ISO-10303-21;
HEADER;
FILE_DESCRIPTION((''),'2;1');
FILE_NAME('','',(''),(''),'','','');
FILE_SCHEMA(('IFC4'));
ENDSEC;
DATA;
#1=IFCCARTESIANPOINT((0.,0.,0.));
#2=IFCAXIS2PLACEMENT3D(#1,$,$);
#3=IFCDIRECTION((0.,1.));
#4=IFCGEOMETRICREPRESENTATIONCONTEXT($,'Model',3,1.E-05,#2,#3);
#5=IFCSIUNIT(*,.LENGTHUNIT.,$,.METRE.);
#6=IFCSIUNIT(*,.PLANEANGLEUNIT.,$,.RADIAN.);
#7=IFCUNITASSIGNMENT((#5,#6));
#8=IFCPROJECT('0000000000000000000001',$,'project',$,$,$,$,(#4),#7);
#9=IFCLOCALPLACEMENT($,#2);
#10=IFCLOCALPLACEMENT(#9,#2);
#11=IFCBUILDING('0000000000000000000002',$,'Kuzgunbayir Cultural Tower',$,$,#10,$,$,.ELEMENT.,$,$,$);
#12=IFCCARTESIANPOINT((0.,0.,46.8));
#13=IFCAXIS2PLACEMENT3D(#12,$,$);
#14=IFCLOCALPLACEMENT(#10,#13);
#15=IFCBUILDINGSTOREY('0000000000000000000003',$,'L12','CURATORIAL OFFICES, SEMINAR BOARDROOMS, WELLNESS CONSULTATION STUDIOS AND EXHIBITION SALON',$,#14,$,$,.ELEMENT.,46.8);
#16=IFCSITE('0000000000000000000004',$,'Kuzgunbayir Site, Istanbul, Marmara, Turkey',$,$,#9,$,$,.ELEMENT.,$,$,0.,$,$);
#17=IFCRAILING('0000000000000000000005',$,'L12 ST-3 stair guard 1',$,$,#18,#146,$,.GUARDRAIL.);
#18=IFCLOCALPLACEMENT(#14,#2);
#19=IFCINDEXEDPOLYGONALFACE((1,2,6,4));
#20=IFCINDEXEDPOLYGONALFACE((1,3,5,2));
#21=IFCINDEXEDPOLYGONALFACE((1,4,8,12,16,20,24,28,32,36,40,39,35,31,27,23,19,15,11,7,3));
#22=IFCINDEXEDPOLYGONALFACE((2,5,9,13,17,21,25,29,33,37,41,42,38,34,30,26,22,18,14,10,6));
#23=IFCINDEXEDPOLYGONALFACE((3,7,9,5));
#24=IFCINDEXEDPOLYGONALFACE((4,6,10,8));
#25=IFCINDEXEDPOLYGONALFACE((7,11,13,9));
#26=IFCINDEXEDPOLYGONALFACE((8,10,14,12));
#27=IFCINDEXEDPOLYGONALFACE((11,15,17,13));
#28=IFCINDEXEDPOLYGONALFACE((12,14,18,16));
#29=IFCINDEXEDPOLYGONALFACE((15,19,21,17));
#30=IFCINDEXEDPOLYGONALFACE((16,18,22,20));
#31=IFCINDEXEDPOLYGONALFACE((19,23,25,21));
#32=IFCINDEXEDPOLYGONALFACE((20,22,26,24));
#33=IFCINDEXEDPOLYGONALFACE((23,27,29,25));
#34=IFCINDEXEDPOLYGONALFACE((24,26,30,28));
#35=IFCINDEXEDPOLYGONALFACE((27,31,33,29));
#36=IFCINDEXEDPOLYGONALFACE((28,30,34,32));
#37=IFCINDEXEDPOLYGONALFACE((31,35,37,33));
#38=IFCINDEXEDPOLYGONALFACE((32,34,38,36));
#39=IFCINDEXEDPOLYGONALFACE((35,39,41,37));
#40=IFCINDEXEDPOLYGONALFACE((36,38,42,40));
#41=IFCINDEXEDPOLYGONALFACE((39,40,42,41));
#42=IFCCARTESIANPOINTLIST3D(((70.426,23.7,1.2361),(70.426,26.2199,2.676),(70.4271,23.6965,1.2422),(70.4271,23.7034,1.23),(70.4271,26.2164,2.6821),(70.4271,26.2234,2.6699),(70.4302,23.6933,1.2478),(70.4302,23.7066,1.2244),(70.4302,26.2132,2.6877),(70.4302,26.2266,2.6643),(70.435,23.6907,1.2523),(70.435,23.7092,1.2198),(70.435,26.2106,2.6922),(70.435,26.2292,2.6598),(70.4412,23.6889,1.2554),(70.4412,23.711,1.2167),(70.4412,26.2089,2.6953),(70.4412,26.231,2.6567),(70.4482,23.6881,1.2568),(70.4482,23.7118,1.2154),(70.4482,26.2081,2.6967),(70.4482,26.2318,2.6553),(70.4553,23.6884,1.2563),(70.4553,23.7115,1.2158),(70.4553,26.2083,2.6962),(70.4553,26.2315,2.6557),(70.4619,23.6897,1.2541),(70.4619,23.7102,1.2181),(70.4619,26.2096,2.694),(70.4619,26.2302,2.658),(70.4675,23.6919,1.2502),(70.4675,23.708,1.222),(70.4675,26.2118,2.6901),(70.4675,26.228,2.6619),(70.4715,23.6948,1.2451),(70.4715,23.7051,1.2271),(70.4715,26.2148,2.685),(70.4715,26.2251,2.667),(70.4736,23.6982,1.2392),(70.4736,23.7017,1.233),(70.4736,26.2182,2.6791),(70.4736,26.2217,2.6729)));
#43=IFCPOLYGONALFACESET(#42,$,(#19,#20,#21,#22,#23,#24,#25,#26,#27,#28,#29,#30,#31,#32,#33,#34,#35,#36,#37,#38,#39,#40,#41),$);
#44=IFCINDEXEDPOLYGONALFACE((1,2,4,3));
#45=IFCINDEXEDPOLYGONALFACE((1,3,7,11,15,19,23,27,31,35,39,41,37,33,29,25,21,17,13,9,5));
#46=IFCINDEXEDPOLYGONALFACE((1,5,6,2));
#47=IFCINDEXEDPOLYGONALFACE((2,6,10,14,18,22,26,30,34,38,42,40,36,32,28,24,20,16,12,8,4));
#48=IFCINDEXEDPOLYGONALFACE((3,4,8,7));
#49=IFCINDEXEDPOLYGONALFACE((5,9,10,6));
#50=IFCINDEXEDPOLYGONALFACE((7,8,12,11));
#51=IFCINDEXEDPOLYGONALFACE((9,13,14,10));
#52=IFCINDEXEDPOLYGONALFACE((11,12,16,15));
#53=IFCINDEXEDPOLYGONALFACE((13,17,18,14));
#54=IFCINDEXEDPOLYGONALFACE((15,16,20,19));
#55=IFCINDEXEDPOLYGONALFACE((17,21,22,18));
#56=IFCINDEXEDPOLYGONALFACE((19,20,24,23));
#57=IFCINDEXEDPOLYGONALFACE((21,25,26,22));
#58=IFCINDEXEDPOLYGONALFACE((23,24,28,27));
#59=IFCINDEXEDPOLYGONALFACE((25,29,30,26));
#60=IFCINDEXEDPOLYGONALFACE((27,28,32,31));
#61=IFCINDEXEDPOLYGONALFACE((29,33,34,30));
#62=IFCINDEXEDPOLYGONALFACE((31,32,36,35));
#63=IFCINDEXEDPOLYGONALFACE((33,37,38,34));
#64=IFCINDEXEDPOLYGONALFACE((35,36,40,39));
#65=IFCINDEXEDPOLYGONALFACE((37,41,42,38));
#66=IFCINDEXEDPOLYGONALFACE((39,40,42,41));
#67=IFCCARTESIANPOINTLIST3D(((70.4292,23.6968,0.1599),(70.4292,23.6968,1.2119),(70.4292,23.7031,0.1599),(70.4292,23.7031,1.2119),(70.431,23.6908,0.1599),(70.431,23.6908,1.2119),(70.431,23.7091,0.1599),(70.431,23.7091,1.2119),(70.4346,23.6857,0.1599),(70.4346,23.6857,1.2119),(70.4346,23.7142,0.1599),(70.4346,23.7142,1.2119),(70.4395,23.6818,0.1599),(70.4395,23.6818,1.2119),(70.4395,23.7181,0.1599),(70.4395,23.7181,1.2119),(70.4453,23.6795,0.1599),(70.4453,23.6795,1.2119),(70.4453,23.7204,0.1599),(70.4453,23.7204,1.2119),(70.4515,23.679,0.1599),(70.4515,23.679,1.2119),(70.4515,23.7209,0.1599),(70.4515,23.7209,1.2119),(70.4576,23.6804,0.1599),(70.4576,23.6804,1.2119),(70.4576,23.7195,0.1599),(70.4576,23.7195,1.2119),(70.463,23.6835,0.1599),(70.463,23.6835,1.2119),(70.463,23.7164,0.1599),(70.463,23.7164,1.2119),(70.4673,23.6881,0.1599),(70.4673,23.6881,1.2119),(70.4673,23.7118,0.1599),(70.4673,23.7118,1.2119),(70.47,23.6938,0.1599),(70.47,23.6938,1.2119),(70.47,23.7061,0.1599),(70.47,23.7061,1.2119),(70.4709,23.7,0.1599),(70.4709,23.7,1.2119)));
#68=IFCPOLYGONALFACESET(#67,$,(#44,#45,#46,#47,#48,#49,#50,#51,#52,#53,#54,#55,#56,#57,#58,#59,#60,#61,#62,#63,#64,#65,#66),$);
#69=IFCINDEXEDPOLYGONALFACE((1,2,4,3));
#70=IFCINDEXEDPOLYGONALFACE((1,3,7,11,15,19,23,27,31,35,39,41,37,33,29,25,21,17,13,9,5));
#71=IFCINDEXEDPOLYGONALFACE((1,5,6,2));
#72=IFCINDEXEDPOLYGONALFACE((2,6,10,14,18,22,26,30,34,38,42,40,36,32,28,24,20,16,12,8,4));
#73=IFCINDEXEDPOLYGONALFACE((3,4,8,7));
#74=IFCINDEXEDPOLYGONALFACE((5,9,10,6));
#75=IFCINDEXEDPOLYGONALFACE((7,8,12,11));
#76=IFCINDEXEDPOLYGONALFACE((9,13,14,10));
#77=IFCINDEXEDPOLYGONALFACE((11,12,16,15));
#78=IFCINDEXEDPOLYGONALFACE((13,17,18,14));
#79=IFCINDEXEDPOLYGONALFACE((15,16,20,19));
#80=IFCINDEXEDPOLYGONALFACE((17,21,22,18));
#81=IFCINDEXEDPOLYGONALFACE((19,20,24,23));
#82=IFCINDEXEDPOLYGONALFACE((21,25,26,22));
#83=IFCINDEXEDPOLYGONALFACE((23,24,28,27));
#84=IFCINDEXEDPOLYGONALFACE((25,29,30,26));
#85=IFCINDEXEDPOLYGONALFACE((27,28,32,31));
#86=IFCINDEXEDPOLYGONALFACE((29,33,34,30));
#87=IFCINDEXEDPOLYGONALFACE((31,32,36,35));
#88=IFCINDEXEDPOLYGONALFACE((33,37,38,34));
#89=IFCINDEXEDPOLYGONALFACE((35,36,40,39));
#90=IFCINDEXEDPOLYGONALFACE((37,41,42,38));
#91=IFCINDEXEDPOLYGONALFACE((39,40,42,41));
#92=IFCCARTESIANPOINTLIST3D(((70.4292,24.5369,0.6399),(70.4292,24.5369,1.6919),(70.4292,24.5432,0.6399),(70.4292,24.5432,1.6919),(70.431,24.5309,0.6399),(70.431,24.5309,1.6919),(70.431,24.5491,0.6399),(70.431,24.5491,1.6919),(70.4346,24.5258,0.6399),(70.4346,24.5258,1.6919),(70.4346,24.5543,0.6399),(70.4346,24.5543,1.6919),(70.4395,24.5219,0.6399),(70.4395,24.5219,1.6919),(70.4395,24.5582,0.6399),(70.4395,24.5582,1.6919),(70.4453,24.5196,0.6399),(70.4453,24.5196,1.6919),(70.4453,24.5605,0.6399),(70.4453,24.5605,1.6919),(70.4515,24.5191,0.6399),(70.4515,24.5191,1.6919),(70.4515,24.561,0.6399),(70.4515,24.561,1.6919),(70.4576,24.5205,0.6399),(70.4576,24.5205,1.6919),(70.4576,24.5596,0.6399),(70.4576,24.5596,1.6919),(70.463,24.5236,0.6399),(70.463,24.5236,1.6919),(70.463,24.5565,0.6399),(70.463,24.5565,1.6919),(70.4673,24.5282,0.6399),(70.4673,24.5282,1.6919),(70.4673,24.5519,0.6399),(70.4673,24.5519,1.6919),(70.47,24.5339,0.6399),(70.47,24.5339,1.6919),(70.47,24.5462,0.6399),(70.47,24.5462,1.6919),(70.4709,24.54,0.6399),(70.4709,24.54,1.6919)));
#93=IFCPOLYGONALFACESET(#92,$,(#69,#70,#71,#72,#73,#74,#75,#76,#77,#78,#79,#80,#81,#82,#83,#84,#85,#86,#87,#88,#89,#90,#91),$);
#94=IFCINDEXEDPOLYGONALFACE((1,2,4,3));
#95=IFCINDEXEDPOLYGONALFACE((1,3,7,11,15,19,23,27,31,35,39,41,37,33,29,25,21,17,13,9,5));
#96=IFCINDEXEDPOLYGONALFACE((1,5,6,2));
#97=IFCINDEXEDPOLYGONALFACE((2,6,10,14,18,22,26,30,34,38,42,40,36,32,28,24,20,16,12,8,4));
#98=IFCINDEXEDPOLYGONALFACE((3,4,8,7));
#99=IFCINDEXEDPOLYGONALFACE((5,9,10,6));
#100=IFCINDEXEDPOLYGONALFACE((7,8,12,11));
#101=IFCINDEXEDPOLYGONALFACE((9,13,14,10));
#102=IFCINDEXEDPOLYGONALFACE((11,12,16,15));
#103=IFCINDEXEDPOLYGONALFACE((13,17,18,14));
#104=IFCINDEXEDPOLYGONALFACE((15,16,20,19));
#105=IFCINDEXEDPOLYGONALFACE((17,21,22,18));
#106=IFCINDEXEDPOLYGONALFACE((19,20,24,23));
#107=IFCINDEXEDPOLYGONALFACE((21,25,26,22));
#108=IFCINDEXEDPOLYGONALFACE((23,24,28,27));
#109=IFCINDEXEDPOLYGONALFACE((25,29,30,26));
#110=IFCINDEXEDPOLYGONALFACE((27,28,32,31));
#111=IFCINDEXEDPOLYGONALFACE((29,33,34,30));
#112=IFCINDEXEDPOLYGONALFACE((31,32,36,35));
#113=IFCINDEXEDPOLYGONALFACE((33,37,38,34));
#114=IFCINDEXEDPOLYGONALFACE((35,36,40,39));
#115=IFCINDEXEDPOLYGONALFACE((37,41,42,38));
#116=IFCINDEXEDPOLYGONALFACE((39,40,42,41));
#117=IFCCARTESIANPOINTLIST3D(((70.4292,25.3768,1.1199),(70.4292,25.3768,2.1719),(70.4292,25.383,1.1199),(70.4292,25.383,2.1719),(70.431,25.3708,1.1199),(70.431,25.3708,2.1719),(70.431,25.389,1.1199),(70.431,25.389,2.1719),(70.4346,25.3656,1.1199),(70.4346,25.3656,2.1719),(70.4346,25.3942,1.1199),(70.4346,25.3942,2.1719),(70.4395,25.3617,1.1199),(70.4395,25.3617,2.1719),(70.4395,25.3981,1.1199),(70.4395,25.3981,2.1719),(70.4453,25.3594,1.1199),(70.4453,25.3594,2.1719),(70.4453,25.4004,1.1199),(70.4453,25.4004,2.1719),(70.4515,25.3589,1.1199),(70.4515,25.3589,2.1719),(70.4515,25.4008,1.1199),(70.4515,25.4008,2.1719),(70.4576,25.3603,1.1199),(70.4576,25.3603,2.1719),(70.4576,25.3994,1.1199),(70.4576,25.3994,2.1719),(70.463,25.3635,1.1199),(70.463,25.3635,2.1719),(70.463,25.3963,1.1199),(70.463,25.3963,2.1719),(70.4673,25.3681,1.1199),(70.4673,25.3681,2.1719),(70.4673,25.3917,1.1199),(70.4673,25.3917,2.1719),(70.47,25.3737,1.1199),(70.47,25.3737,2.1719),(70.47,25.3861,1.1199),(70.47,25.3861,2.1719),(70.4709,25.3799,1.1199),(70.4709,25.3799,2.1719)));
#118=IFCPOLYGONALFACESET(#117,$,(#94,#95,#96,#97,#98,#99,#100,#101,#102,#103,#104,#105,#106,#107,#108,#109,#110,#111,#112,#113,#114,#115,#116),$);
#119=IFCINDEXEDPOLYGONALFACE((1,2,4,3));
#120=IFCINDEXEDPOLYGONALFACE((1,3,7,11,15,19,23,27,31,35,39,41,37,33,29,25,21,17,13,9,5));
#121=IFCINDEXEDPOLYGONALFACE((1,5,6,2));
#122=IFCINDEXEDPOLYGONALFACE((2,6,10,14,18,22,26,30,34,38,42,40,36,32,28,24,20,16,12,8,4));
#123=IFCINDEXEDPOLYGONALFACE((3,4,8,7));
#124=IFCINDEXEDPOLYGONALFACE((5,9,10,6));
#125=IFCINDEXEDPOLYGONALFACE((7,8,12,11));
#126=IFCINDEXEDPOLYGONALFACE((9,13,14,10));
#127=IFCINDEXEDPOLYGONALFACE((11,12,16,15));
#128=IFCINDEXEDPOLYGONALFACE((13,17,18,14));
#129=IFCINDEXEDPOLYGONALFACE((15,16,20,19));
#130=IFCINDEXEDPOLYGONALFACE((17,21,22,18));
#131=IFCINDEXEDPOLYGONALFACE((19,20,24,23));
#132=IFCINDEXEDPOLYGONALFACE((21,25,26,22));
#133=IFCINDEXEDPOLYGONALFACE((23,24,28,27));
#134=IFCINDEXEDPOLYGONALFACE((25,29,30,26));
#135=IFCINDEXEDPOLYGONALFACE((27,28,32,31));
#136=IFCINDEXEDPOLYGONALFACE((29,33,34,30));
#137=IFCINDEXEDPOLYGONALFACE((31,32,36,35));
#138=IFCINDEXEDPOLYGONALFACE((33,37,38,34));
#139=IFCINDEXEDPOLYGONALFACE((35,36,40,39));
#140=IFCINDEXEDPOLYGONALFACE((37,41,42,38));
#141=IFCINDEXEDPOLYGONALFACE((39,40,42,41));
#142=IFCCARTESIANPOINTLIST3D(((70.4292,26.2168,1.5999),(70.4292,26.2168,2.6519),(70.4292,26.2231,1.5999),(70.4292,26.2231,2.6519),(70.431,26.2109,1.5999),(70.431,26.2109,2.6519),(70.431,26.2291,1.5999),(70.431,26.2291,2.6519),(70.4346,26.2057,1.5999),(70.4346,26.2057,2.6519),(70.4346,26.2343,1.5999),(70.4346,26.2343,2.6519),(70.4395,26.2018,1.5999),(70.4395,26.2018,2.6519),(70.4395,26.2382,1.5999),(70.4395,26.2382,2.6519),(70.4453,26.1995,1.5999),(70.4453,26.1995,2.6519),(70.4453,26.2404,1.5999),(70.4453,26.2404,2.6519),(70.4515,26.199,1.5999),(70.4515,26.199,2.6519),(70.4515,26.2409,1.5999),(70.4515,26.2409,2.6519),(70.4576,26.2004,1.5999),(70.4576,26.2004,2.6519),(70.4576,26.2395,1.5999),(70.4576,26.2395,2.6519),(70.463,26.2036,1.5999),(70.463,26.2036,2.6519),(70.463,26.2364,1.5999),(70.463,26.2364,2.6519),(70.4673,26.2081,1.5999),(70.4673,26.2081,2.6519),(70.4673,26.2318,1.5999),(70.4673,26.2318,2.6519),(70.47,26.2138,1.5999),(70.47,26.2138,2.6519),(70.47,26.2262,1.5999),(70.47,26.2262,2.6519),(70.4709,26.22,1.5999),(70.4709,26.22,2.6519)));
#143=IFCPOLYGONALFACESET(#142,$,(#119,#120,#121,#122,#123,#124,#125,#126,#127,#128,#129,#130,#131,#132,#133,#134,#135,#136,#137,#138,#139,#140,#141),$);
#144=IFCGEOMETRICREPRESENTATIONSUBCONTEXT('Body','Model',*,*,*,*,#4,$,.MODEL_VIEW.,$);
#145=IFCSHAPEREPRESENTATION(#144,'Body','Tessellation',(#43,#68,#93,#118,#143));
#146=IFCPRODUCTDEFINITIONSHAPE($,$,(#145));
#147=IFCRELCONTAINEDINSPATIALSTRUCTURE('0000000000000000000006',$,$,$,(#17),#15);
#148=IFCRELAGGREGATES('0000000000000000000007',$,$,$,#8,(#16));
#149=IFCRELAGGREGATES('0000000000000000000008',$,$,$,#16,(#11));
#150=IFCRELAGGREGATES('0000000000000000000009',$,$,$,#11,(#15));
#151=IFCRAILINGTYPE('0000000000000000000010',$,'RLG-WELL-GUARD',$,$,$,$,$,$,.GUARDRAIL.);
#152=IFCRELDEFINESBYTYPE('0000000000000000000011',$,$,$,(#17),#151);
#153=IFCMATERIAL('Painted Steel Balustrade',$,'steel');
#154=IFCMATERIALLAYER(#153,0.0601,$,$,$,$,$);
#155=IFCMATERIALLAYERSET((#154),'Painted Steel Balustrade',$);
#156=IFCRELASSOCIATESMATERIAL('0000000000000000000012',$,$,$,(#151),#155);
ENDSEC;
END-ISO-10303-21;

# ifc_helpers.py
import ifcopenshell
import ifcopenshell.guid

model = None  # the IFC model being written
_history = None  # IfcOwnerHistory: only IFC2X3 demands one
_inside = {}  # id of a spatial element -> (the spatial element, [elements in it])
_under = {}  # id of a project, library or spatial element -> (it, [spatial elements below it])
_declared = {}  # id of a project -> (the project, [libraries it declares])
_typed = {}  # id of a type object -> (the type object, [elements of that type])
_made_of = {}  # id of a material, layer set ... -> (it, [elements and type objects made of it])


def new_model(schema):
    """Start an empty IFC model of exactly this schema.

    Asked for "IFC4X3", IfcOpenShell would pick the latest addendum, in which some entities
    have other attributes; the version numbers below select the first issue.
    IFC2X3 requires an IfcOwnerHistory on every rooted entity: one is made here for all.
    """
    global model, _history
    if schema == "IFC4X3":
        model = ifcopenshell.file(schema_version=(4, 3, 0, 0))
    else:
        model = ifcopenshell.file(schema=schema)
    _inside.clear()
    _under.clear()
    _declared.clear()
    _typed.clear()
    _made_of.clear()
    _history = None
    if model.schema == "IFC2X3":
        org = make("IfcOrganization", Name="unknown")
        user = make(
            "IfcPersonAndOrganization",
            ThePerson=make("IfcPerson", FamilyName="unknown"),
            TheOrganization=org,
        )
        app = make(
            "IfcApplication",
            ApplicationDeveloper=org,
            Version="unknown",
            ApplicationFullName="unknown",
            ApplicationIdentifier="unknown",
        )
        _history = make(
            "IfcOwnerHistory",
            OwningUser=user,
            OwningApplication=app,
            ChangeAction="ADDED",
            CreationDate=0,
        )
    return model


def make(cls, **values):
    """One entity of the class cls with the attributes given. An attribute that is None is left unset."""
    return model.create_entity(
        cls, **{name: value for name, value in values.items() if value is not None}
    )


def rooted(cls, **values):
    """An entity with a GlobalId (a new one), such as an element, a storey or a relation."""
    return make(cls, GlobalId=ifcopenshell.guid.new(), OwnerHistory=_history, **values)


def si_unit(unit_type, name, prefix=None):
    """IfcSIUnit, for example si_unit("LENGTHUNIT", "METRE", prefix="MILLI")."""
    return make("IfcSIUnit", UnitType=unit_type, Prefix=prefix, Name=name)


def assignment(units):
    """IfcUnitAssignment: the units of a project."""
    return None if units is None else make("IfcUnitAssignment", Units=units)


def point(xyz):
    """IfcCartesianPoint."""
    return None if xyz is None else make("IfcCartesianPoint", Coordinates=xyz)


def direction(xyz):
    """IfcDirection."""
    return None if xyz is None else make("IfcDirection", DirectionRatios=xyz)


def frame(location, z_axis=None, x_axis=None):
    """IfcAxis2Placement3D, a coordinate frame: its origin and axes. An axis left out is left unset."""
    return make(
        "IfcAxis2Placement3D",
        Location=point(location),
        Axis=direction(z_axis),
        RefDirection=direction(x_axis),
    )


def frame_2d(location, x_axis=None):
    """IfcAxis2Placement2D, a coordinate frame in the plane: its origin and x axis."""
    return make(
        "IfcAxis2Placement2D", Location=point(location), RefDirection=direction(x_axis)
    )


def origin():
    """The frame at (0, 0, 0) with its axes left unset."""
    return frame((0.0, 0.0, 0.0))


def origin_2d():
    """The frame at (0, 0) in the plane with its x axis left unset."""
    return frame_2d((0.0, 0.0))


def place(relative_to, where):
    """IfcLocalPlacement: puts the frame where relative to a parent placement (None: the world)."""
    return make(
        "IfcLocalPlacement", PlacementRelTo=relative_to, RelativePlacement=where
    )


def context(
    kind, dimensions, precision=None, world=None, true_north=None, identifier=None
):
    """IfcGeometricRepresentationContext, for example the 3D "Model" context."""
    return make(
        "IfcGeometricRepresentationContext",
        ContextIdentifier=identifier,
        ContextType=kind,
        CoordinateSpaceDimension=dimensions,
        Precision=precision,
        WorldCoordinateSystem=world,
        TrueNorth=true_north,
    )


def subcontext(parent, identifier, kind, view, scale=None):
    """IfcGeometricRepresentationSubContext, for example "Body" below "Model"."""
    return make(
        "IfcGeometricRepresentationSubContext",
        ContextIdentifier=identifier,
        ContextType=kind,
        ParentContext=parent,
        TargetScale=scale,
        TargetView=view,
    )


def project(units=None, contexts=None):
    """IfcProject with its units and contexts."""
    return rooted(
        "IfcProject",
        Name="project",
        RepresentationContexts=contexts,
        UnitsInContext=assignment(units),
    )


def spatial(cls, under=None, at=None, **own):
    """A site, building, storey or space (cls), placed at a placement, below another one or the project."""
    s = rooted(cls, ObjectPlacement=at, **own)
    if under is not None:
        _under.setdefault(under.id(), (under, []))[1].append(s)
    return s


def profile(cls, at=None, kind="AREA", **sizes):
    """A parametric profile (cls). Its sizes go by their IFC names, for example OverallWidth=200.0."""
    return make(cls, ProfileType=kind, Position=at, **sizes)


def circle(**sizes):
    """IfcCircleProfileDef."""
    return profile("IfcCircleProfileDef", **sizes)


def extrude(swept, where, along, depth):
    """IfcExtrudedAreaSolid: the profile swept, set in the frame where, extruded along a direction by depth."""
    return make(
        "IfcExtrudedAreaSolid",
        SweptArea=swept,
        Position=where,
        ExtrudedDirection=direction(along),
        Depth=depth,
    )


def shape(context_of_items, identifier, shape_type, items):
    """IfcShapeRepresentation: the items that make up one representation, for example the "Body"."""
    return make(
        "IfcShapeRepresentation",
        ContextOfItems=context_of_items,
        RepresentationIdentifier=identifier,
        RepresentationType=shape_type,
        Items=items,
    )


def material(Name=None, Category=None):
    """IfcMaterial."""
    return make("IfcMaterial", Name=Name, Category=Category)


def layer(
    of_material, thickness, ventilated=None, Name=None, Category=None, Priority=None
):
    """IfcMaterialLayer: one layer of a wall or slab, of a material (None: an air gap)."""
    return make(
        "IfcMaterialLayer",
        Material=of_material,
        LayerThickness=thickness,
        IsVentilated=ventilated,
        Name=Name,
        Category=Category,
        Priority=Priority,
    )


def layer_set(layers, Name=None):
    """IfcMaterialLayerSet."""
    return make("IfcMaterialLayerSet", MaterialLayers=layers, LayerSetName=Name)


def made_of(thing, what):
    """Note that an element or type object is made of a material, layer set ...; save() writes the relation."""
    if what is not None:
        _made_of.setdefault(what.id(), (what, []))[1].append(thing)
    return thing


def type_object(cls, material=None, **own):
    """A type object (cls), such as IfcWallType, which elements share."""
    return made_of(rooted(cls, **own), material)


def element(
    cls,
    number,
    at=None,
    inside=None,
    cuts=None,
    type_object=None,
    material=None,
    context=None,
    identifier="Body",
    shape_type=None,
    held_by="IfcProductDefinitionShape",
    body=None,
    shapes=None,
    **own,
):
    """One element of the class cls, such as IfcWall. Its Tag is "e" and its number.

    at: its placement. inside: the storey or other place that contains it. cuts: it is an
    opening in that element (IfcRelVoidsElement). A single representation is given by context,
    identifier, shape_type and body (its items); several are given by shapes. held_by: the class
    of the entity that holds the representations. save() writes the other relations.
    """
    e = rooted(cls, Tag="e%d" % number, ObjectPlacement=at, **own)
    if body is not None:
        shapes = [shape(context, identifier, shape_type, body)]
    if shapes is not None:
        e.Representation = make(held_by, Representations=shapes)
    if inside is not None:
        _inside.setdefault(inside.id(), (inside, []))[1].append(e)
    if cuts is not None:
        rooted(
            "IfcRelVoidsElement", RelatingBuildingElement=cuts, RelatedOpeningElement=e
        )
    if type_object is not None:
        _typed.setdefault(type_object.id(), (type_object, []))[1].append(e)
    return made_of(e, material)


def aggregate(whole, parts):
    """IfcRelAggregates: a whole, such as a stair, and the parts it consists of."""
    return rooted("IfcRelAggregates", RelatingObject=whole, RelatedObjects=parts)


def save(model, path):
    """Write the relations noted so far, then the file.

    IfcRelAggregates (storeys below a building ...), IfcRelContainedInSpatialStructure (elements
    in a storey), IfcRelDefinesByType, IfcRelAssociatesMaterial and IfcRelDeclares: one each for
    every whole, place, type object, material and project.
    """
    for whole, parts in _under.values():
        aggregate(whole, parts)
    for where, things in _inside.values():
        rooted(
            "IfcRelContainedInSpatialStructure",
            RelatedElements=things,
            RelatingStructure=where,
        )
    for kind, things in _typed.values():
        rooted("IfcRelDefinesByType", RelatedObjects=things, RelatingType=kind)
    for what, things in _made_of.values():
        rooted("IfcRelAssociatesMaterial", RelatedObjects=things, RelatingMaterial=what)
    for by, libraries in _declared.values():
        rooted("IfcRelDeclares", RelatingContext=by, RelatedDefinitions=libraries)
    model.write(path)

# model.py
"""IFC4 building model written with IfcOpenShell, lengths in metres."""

from ifc_helpers import new_model, si_unit, direction, frame, origin, origin_2d, place, context, subcontext, project, spatial, circle, extrude, material, layer, layer_set, type_object, element, save


model = new_model("IFC4")

# Units and contexts
model_context = context("Model", 3, precision=1e-05, world=origin(), true_north=direction((0.0, 1.0)))
body_context = subcontext(model_context, "Body", "Model", "MODEL_VIEW")
ifc_project = project(units=[si_unit("LENGTHUNIT", "METRE"), si_unit("PLANEANGLEUNIT", "RADIAN")], contexts=[model_context])

# Site, building, storey
site_placement = place(None, origin())
site = spatial("IfcSite", under=ifc_project, at=site_placement, Name="Kuzgunbayir Site, Istanbul, Marmara, Turkey", CompositionType="ELEMENT", RefElevation=0.0)
building_placement = place(site_placement, origin())
building = spatial("IfcBuilding", under=site, at=building_placement, Name="Kuzgunbayir Cultural Tower", CompositionType="ELEMENT")
storey_placement = place(building_placement, frame((0.0, 0.0, 46.8)))
storey = spatial("IfcBuildingStorey", under=building, at=storey_placement, Name="L12", Description="CURATORIAL OFFICES, SEMINAR BOARDROOMS, WELLNESS CONSULTATION STUDIOS AND EXHIBITION SALON", CompositionType="ELEMENT", Elevation=46.8)

# Railing
ifc_material_1 = material(Name="Painted Steel Balustrade", Category="steel")
ifc_layer_1 = layer(ifc_material_1, 0.0601)
ifc_layer_set_1 = layer_set([ifc_layer_1], Name="Painted Steel Balustrade")
railing_type_1 = type_object("IfcRailingType", Name="RLG-WELL-GUARD", PredefinedType="GUARDRAIL", material=ifc_layer_set_1)
railing_1_placement = place(storey_placement, frame((70.45, 23.7, 0.1599)))
element("IfcRailing", 1, at=railing_1_placement, inside=storey, type_object=railing_type_1, Name="L12 ST-3 stair guard 1", PredefinedType="GUARDRAIL", context=body_context, shape_type="SweptSolid", body=[
    extrude(circle(Radius=0.0239, at=origin_2d()), frame((0.0, 0.0, 1.0762), z_axis=(0.0, 0.868253, 0.496121), x_axis=(-1.0, 0.0, 0.0)), (0.0, 0.0, 1.0), 2.9023),
    extrude(circle(Radius=0.021, at=origin_2d()), origin(), (0.0, 0.0, 1.0), 1.052),
    extrude(circle(Radius=0.021, at=origin_2d()), frame((0.0, 0.8401, 0.48)), (0.0, 0.0, 1.0), 1.052),
    extrude(circle(Radius=0.021, at=origin_2d()), frame((0.0, 1.6799, 0.96)), (0.0, 0.0, 1.0), 1.052),
    extrude(circle(Radius=0.021, at=origin_2d()), frame((0.0, 2.52, 1.4399)), (0.0, 0.0, 1.0), 1.052),
])

save(model, "model.ifc")
